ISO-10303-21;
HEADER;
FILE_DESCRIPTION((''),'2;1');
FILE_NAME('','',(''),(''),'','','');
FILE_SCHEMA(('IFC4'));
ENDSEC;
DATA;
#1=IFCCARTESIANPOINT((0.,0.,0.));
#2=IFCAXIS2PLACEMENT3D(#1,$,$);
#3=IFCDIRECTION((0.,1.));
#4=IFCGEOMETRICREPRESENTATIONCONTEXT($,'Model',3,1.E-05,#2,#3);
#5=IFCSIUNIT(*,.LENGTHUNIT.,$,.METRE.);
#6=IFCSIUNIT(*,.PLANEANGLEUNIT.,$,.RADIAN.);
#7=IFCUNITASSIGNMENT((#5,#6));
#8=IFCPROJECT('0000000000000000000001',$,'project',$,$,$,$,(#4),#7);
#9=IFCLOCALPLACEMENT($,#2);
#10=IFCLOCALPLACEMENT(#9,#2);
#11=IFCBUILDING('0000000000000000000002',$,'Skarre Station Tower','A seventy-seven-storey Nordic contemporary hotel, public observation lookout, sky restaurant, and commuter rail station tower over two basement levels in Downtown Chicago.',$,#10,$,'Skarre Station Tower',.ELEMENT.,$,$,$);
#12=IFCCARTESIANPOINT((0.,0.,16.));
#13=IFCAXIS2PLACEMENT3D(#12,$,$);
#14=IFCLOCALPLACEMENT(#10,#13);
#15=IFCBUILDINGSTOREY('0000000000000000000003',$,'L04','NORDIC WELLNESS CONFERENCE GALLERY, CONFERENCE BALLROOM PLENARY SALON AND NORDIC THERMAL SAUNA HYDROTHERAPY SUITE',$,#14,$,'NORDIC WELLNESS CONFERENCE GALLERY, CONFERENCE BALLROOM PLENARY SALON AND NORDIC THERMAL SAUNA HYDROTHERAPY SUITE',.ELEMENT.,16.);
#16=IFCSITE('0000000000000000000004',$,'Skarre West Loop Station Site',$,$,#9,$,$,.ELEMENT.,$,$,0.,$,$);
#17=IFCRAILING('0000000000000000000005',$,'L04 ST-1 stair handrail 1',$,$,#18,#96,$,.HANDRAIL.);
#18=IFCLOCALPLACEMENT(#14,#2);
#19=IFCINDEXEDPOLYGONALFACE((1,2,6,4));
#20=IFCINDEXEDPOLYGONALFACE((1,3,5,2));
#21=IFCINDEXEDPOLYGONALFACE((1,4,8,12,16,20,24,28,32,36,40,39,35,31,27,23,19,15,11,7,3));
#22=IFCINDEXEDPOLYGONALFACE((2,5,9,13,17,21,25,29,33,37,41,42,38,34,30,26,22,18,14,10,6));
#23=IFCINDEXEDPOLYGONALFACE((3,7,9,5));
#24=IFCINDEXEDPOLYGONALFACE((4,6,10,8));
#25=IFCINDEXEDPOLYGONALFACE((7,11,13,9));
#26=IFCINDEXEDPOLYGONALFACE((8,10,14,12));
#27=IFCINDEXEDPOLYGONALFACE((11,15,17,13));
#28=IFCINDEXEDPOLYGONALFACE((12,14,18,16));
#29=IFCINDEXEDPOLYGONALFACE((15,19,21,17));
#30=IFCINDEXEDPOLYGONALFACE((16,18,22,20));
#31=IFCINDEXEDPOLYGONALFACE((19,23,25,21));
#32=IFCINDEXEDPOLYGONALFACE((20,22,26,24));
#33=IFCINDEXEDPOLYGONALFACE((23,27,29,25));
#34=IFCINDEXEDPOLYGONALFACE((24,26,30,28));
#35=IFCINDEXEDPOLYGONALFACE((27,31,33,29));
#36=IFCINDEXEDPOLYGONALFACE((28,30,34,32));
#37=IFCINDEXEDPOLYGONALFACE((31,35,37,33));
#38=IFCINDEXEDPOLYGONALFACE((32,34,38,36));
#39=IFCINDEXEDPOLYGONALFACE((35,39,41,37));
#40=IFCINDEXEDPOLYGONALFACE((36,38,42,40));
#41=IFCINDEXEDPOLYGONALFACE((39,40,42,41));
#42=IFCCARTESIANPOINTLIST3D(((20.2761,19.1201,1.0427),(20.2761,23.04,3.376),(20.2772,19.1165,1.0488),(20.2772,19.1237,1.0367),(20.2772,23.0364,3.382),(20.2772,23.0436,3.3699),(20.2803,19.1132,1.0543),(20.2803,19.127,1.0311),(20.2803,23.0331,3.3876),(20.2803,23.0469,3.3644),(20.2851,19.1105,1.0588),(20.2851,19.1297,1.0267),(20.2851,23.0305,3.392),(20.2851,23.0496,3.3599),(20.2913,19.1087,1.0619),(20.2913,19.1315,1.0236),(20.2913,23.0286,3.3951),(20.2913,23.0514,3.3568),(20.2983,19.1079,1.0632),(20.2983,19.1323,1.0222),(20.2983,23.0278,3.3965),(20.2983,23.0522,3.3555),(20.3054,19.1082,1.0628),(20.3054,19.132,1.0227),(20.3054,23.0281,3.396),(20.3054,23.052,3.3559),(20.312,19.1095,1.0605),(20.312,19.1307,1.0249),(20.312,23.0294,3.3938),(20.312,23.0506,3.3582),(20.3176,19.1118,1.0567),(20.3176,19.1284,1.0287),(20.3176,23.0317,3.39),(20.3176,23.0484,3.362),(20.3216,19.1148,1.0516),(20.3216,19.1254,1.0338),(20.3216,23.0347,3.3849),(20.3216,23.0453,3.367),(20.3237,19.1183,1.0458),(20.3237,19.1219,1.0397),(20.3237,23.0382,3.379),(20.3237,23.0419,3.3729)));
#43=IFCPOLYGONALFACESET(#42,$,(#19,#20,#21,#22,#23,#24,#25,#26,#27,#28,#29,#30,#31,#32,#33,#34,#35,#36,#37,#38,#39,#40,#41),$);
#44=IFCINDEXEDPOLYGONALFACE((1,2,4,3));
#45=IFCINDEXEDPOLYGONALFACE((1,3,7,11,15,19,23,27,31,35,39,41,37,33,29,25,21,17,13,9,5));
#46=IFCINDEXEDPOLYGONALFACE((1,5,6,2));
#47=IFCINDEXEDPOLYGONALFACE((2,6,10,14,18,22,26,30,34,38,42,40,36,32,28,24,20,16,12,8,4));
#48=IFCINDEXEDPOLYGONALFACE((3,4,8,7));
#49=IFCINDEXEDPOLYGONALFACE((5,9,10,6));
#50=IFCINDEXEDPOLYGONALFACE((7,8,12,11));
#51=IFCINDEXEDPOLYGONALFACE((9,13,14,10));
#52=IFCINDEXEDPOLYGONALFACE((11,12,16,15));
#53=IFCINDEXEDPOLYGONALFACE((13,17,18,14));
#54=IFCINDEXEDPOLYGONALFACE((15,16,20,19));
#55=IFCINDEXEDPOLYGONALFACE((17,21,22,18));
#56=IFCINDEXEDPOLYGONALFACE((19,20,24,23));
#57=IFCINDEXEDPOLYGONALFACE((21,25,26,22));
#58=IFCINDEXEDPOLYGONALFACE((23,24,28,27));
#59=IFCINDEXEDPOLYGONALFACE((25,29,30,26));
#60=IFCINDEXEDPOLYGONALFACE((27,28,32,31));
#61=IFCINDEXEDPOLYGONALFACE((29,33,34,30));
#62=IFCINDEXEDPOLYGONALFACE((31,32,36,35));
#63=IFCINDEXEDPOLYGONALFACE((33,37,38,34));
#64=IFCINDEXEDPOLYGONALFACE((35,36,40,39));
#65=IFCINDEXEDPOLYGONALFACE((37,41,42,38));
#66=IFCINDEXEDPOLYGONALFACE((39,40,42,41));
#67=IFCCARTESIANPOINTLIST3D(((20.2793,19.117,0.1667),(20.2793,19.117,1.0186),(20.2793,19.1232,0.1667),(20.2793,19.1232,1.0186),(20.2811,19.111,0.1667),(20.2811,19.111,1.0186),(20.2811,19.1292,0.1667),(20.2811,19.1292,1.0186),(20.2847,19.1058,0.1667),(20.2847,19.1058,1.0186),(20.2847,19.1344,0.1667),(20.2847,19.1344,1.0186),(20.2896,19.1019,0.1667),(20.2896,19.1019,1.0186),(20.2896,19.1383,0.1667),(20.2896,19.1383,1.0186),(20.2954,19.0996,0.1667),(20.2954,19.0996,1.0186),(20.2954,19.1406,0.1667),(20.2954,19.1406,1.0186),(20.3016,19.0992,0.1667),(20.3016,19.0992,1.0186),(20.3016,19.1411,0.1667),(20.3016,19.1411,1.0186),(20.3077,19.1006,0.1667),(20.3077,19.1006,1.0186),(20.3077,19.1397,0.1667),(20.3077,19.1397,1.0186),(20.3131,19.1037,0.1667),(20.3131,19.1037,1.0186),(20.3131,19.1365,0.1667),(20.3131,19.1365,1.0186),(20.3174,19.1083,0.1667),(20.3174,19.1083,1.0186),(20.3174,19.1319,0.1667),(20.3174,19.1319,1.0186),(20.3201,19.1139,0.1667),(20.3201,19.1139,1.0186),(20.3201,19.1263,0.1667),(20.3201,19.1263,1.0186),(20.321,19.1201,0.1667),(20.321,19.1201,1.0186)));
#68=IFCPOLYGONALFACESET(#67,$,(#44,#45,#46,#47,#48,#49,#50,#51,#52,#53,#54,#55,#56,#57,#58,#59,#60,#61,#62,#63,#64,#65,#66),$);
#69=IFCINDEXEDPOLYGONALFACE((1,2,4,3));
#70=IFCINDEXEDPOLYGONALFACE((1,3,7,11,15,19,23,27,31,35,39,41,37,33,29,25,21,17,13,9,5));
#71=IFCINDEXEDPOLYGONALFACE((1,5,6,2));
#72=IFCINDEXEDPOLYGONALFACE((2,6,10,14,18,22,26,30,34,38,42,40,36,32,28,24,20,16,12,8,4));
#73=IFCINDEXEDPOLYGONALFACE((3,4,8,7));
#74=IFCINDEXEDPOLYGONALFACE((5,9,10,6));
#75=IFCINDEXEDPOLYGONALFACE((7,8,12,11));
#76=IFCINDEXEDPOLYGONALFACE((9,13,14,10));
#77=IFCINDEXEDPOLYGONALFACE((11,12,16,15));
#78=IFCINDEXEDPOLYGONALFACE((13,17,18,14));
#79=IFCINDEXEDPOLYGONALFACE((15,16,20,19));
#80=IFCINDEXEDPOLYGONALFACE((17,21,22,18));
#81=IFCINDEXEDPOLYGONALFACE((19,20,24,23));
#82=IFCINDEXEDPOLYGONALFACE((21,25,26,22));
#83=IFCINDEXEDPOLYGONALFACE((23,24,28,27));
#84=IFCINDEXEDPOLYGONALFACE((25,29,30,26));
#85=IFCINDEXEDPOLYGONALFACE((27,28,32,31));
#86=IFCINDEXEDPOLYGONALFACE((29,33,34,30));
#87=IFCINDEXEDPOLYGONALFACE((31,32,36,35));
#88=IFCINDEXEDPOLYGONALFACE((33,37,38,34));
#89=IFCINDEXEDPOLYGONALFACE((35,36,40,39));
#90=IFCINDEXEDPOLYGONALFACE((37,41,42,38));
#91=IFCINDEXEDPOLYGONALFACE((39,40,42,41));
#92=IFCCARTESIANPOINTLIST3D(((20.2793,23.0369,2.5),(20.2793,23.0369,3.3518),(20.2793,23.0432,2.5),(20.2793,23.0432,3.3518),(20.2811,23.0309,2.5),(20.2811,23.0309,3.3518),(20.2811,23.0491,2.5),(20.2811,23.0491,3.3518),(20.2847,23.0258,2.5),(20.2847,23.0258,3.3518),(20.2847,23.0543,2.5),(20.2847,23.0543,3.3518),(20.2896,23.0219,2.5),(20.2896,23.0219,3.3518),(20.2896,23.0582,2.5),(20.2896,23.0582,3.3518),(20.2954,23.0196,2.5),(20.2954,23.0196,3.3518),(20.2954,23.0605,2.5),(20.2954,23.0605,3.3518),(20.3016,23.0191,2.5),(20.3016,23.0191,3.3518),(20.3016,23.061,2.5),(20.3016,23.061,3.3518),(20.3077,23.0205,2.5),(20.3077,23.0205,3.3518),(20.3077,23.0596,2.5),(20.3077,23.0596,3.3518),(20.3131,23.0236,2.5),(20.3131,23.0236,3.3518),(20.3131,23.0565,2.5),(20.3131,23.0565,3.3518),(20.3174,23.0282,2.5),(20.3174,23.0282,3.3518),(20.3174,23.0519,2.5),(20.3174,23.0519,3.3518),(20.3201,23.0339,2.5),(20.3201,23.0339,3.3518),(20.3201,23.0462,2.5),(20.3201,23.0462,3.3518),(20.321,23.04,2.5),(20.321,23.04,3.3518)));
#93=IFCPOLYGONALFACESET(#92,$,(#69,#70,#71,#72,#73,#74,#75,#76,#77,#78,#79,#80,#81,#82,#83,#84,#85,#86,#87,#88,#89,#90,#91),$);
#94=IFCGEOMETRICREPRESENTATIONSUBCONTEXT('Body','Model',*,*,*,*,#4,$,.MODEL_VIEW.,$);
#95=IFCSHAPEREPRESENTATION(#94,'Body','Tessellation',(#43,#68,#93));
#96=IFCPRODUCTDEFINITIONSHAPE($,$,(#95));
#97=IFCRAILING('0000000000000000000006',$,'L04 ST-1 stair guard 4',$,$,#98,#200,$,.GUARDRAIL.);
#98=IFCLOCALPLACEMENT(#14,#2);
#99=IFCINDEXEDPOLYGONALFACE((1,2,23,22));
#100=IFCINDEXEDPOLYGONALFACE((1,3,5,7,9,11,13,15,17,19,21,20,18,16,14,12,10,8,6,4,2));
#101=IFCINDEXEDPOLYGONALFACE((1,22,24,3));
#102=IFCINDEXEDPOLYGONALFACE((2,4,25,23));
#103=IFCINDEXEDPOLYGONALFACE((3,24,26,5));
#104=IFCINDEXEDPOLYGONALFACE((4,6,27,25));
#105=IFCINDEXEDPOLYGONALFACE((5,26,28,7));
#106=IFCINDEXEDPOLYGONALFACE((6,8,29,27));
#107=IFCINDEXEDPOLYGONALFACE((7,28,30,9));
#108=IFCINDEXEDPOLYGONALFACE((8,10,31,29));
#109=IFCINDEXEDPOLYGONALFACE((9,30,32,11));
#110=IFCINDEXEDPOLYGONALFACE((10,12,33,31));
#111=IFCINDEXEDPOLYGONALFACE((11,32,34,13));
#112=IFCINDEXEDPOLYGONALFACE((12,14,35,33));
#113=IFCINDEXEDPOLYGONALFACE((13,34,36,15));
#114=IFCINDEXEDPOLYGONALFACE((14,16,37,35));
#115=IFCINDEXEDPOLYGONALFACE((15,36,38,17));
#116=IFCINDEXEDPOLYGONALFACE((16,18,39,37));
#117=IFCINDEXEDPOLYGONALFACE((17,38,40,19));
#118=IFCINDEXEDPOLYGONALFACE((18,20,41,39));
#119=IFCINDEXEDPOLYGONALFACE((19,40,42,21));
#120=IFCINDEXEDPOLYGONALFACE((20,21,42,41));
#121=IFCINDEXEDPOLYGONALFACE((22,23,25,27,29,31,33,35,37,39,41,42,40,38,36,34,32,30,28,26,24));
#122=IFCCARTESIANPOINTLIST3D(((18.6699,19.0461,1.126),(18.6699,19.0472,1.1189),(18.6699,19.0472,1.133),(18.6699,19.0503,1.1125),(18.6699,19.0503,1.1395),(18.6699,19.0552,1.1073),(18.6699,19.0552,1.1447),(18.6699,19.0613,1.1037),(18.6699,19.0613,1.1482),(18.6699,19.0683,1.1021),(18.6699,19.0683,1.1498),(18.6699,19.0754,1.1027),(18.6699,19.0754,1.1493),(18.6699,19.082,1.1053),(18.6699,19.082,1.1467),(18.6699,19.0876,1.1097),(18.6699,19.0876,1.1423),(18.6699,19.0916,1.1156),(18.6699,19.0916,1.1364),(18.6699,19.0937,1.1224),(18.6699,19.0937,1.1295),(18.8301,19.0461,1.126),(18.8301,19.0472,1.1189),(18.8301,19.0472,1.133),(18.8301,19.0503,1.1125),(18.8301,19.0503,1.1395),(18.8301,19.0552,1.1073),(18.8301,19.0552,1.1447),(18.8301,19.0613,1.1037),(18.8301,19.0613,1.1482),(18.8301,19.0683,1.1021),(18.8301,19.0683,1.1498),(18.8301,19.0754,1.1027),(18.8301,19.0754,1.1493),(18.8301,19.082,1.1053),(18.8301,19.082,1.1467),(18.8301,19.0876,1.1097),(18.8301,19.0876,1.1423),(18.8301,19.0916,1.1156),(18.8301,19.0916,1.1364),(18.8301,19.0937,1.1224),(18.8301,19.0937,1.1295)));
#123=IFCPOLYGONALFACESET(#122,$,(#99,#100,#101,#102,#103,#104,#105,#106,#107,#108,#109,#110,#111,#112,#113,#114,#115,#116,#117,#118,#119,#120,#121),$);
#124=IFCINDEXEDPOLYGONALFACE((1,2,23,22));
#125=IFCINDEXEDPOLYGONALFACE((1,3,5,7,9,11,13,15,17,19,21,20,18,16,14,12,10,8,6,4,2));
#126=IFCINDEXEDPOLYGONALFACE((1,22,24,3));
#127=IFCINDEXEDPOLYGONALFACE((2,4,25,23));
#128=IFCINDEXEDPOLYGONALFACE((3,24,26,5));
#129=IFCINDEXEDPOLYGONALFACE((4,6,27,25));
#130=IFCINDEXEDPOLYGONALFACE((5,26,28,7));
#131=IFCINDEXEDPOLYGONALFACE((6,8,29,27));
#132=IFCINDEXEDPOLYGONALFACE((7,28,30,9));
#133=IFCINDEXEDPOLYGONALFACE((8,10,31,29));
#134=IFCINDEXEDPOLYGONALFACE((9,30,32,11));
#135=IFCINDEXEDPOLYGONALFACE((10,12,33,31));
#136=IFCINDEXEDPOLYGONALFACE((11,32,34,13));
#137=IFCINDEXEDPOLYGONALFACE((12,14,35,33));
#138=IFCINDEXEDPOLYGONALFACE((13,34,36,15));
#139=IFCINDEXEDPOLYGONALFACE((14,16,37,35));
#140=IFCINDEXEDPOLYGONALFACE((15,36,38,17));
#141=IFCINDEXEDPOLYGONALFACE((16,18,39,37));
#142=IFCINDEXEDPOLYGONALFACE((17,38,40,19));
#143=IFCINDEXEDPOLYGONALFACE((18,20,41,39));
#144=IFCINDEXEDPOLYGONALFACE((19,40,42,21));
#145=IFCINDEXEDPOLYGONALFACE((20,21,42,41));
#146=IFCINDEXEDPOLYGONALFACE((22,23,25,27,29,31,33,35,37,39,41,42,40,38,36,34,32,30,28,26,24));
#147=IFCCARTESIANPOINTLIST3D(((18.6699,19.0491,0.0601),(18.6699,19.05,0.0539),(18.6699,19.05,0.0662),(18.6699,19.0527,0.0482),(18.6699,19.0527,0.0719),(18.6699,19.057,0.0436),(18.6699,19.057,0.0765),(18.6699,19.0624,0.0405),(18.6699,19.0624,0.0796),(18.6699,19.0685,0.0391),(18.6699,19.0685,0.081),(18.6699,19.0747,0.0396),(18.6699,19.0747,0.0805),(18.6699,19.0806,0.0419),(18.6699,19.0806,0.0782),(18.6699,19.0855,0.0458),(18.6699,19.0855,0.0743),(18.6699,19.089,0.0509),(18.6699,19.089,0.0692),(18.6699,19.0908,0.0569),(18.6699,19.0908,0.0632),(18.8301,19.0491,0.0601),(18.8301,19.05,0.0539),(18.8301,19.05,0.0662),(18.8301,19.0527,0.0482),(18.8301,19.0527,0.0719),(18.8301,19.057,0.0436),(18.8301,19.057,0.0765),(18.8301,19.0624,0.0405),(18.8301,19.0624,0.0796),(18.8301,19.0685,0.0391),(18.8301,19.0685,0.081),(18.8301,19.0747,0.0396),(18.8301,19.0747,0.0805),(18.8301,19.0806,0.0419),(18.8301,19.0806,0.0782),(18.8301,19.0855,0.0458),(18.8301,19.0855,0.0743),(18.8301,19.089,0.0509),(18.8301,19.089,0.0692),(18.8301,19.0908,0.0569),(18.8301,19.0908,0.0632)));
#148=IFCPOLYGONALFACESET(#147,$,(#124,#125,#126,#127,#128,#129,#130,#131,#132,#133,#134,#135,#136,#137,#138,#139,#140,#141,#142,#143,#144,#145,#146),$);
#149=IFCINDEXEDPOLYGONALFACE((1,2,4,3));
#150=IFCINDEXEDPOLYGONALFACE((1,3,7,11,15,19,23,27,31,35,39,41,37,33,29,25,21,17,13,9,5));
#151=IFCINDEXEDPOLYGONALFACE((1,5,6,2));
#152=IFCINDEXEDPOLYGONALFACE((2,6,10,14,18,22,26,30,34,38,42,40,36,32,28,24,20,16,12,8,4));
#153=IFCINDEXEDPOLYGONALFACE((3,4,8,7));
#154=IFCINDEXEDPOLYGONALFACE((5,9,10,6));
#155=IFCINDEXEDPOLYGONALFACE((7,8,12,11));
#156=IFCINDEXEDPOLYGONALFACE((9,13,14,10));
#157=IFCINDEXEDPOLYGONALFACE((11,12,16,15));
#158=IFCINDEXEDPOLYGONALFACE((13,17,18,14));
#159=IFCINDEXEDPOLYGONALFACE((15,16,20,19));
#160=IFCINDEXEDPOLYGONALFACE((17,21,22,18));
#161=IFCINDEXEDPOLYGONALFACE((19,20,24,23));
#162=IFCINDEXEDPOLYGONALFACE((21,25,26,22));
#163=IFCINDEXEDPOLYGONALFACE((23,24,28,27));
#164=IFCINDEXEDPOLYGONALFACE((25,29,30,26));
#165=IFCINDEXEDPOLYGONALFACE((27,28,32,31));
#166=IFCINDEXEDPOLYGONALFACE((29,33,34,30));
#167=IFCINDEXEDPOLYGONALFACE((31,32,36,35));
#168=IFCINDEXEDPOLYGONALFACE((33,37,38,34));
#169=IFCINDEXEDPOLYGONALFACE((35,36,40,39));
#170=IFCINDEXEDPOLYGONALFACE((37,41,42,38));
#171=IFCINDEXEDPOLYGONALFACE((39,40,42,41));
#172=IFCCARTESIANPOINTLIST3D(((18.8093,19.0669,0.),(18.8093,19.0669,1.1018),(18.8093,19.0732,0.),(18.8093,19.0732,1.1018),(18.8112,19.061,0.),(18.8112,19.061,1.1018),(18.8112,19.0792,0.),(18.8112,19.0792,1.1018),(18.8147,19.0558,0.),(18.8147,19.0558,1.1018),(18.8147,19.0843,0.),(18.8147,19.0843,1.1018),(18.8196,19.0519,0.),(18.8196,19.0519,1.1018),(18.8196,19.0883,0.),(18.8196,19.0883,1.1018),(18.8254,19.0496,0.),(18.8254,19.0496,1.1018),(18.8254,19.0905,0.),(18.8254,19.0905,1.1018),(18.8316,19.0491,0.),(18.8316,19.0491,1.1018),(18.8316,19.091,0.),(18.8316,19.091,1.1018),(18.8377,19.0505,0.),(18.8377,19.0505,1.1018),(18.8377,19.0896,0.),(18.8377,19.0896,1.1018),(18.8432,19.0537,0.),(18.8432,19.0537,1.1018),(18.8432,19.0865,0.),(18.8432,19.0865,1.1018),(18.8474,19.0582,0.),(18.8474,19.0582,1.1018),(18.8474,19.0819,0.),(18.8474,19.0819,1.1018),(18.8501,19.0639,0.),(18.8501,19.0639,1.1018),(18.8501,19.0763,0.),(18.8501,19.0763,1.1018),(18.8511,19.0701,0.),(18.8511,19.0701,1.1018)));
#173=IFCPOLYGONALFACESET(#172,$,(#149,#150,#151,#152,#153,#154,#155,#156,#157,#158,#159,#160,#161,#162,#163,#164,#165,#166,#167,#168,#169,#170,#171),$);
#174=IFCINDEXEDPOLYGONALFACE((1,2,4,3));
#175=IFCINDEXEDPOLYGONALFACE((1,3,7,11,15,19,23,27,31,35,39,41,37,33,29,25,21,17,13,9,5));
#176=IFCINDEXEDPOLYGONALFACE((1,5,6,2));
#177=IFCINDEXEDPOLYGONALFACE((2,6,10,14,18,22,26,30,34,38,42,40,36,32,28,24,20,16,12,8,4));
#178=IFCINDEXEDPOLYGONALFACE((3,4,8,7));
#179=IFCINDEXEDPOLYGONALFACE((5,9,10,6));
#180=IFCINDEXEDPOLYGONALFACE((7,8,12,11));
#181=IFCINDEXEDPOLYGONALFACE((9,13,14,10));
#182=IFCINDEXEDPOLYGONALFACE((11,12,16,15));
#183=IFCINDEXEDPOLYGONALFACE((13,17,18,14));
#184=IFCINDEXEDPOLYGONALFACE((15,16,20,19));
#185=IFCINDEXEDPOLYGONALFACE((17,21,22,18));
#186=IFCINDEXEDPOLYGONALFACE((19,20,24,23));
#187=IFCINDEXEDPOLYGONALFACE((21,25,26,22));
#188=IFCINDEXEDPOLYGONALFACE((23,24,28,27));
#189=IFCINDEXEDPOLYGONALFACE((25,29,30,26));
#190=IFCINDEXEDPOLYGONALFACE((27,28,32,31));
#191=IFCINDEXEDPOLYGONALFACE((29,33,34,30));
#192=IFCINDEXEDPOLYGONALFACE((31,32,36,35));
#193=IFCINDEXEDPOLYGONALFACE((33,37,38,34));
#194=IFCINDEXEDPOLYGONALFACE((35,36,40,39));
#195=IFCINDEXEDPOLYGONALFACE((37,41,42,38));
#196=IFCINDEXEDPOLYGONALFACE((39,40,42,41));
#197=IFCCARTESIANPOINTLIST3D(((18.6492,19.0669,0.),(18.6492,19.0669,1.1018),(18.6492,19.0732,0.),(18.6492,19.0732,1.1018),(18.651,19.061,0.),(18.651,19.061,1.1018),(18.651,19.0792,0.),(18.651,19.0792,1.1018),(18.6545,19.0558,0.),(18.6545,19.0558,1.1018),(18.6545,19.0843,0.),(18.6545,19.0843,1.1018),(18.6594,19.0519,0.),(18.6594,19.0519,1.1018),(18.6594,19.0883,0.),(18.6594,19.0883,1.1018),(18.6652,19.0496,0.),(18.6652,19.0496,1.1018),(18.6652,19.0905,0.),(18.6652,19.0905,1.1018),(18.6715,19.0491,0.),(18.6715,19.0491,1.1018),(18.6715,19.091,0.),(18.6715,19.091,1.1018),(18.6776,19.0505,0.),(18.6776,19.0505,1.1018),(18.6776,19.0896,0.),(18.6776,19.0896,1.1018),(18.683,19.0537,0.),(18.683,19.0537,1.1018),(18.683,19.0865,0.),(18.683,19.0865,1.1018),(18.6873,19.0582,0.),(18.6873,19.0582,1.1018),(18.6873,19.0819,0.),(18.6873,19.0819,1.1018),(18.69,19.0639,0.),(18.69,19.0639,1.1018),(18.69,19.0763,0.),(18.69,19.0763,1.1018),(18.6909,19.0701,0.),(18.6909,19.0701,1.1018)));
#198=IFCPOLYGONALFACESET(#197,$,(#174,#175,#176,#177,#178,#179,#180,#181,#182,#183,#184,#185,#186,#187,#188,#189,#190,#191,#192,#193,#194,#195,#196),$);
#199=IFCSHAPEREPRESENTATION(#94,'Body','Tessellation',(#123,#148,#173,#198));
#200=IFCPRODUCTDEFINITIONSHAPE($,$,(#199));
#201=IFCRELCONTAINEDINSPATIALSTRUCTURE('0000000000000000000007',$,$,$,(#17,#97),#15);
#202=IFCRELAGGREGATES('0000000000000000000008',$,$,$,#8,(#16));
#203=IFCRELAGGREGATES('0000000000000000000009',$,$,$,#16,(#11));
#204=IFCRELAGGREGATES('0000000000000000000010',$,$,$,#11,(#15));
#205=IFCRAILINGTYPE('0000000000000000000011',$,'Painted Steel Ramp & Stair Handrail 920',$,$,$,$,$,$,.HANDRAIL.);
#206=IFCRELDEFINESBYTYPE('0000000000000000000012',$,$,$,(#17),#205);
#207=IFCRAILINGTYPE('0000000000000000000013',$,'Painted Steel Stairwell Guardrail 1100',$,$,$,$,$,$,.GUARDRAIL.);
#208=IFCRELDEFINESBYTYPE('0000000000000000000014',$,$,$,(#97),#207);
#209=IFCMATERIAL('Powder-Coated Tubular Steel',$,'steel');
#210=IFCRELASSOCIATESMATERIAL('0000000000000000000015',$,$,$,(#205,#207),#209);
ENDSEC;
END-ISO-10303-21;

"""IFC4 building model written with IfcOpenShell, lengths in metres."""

from ifc_helpers import new_model, si_unit, direction, frame, origin, origin_2d, place, context, subcontext, project, spatial, circle, extrude, material, type_object, element, save


model = new_model("IFC4")

# Units and contexts
model_context = context("Model", 3, precision=1e-05, world=origin(), true_north=direction((0.0, 1.0)))
body_context = subcontext(model_context, "Body", "Model", "MODEL_VIEW")
ifc_project = project(units=[si_unit("LENGTHUNIT", "METRE"), si_unit("PLANEANGLEUNIT", "RADIAN")], contexts=[model_context])

# Site, building, storey
site_placement = place(None, origin())
site = spatial("IfcSite", under=ifc_project, at=site_placement, Name="Skarre West Loop Station Site", CompositionType="ELEMENT", RefElevation=0.0)
building_placement = place(site_placement, origin())
building = spatial("IfcBuilding", under=site, at=building_placement, Name="Skarre Station Tower", Description="A seventy-seven-storey Nordic contemporary hotel, public observation lookout, sky restaurant, and commuter rail station tower over two basement levels in Downtown Chicago.", LongName="Skarre Station Tower", CompositionType="ELEMENT")
storey_placement = place(building_placement, frame((0.0, 0.0, 16.0)))
storey = spatial("IfcBuildingStorey", under=building, at=storey_placement, Name="L04", Description="NORDIC WELLNESS CONFERENCE GALLERY, CONFERENCE BALLROOM PLENARY SALON AND NORDIC THERMAL SAUNA HYDROTHERAPY SUITE", LongName="NORDIC WELLNESS CONFERENCE GALLERY, CONFERENCE BALLROOM PLENARY SALON AND NORDIC THERMAL SAUNA HYDROTHERAPY SUITE", CompositionType="ELEMENT", Elevation=16.0)

# Railings
ifc_material_1 = material(Name="Powder-Coated Tubular Steel", Category="steel")
railing_type_1 = type_object("IfcRailingType", Name="Painted Steel Ramp & Stair Handrail 920", PredefinedType="HANDRAIL", material=ifc_material_1)
railing_1_placement = place(storey_placement, frame((20.3, 19.1201, 0.1667)))
element("IfcRailing", 1, at=railing_1_placement, inside=storey, type_object=railing_type_1, Name="L04 ST-1 stair handrail 1", PredefinedType="HANDRAIL", context=body_context, shape_type="SweptSolid", body=[
    extrude(circle(Radius=0.0239, at=origin_2d()), frame((0.0, 0.0, 0.876), z_axis=(0.0, 0.859296, 0.511478), x_axis=(-1.0, 0.0, 0.0)), (0.0, 0.0, 1.0), 4.5618),
    extrude(circle(Radius=0.021, at=origin_2d()), origin(), (0.0, 0.0, 1.0), 0.8518),
    extrude(circle(Radius=0.021, at=origin_2d()), frame((0.0, 3.9199, 2.3333)), (0.0, 0.0, 1.0), 0.8518),
])
railing_type_2 = type_object("IfcRailingType", Name="Painted Steel Stairwell Guardrail 1100", PredefinedType="GUARDRAIL", material=ifc_material_1)
railing_2_placement = place(storey_placement, frame((18.8301, 19.0701, 0.0)))
element("IfcRailing", 2, at=railing_2_placement, inside=storey, type_object=railing_type_2, Name="L04 ST-1 stair guard 4", PredefinedType="GUARDRAIL", context=body_context, shape_type="SweptSolid", body=[
    extrude(circle(Radius=0.0239, at=origin_2d()), frame((0.0, 0.0, 1.126), z_axis=(-1.0, 0.0, 0.0), x_axis=(0.0, -1.0, 0.0)), (0.0, 0.0, 1.0), 0.1602),
    extrude(circle(Radius=0.021, at=origin_2d()), frame((0.0, 0.0, 0.0601), z_axis=(-1.0, 0.0, 0.0), x_axis=(0.0, -1.0, 0.0)), (0.0, 0.0, 1.0), 0.1602),
    extrude(circle(Radius=0.021, at=origin_2d()), origin(), (0.0, 0.0, 1.0), 1.1018),
    extrude(circle(Radius=0.021, at=origin_2d()), frame((-0.1602, 0.0, 0.0)), (0.0, 0.0, 1.0), 1.1018),
])

save(model, "model.ifc")
